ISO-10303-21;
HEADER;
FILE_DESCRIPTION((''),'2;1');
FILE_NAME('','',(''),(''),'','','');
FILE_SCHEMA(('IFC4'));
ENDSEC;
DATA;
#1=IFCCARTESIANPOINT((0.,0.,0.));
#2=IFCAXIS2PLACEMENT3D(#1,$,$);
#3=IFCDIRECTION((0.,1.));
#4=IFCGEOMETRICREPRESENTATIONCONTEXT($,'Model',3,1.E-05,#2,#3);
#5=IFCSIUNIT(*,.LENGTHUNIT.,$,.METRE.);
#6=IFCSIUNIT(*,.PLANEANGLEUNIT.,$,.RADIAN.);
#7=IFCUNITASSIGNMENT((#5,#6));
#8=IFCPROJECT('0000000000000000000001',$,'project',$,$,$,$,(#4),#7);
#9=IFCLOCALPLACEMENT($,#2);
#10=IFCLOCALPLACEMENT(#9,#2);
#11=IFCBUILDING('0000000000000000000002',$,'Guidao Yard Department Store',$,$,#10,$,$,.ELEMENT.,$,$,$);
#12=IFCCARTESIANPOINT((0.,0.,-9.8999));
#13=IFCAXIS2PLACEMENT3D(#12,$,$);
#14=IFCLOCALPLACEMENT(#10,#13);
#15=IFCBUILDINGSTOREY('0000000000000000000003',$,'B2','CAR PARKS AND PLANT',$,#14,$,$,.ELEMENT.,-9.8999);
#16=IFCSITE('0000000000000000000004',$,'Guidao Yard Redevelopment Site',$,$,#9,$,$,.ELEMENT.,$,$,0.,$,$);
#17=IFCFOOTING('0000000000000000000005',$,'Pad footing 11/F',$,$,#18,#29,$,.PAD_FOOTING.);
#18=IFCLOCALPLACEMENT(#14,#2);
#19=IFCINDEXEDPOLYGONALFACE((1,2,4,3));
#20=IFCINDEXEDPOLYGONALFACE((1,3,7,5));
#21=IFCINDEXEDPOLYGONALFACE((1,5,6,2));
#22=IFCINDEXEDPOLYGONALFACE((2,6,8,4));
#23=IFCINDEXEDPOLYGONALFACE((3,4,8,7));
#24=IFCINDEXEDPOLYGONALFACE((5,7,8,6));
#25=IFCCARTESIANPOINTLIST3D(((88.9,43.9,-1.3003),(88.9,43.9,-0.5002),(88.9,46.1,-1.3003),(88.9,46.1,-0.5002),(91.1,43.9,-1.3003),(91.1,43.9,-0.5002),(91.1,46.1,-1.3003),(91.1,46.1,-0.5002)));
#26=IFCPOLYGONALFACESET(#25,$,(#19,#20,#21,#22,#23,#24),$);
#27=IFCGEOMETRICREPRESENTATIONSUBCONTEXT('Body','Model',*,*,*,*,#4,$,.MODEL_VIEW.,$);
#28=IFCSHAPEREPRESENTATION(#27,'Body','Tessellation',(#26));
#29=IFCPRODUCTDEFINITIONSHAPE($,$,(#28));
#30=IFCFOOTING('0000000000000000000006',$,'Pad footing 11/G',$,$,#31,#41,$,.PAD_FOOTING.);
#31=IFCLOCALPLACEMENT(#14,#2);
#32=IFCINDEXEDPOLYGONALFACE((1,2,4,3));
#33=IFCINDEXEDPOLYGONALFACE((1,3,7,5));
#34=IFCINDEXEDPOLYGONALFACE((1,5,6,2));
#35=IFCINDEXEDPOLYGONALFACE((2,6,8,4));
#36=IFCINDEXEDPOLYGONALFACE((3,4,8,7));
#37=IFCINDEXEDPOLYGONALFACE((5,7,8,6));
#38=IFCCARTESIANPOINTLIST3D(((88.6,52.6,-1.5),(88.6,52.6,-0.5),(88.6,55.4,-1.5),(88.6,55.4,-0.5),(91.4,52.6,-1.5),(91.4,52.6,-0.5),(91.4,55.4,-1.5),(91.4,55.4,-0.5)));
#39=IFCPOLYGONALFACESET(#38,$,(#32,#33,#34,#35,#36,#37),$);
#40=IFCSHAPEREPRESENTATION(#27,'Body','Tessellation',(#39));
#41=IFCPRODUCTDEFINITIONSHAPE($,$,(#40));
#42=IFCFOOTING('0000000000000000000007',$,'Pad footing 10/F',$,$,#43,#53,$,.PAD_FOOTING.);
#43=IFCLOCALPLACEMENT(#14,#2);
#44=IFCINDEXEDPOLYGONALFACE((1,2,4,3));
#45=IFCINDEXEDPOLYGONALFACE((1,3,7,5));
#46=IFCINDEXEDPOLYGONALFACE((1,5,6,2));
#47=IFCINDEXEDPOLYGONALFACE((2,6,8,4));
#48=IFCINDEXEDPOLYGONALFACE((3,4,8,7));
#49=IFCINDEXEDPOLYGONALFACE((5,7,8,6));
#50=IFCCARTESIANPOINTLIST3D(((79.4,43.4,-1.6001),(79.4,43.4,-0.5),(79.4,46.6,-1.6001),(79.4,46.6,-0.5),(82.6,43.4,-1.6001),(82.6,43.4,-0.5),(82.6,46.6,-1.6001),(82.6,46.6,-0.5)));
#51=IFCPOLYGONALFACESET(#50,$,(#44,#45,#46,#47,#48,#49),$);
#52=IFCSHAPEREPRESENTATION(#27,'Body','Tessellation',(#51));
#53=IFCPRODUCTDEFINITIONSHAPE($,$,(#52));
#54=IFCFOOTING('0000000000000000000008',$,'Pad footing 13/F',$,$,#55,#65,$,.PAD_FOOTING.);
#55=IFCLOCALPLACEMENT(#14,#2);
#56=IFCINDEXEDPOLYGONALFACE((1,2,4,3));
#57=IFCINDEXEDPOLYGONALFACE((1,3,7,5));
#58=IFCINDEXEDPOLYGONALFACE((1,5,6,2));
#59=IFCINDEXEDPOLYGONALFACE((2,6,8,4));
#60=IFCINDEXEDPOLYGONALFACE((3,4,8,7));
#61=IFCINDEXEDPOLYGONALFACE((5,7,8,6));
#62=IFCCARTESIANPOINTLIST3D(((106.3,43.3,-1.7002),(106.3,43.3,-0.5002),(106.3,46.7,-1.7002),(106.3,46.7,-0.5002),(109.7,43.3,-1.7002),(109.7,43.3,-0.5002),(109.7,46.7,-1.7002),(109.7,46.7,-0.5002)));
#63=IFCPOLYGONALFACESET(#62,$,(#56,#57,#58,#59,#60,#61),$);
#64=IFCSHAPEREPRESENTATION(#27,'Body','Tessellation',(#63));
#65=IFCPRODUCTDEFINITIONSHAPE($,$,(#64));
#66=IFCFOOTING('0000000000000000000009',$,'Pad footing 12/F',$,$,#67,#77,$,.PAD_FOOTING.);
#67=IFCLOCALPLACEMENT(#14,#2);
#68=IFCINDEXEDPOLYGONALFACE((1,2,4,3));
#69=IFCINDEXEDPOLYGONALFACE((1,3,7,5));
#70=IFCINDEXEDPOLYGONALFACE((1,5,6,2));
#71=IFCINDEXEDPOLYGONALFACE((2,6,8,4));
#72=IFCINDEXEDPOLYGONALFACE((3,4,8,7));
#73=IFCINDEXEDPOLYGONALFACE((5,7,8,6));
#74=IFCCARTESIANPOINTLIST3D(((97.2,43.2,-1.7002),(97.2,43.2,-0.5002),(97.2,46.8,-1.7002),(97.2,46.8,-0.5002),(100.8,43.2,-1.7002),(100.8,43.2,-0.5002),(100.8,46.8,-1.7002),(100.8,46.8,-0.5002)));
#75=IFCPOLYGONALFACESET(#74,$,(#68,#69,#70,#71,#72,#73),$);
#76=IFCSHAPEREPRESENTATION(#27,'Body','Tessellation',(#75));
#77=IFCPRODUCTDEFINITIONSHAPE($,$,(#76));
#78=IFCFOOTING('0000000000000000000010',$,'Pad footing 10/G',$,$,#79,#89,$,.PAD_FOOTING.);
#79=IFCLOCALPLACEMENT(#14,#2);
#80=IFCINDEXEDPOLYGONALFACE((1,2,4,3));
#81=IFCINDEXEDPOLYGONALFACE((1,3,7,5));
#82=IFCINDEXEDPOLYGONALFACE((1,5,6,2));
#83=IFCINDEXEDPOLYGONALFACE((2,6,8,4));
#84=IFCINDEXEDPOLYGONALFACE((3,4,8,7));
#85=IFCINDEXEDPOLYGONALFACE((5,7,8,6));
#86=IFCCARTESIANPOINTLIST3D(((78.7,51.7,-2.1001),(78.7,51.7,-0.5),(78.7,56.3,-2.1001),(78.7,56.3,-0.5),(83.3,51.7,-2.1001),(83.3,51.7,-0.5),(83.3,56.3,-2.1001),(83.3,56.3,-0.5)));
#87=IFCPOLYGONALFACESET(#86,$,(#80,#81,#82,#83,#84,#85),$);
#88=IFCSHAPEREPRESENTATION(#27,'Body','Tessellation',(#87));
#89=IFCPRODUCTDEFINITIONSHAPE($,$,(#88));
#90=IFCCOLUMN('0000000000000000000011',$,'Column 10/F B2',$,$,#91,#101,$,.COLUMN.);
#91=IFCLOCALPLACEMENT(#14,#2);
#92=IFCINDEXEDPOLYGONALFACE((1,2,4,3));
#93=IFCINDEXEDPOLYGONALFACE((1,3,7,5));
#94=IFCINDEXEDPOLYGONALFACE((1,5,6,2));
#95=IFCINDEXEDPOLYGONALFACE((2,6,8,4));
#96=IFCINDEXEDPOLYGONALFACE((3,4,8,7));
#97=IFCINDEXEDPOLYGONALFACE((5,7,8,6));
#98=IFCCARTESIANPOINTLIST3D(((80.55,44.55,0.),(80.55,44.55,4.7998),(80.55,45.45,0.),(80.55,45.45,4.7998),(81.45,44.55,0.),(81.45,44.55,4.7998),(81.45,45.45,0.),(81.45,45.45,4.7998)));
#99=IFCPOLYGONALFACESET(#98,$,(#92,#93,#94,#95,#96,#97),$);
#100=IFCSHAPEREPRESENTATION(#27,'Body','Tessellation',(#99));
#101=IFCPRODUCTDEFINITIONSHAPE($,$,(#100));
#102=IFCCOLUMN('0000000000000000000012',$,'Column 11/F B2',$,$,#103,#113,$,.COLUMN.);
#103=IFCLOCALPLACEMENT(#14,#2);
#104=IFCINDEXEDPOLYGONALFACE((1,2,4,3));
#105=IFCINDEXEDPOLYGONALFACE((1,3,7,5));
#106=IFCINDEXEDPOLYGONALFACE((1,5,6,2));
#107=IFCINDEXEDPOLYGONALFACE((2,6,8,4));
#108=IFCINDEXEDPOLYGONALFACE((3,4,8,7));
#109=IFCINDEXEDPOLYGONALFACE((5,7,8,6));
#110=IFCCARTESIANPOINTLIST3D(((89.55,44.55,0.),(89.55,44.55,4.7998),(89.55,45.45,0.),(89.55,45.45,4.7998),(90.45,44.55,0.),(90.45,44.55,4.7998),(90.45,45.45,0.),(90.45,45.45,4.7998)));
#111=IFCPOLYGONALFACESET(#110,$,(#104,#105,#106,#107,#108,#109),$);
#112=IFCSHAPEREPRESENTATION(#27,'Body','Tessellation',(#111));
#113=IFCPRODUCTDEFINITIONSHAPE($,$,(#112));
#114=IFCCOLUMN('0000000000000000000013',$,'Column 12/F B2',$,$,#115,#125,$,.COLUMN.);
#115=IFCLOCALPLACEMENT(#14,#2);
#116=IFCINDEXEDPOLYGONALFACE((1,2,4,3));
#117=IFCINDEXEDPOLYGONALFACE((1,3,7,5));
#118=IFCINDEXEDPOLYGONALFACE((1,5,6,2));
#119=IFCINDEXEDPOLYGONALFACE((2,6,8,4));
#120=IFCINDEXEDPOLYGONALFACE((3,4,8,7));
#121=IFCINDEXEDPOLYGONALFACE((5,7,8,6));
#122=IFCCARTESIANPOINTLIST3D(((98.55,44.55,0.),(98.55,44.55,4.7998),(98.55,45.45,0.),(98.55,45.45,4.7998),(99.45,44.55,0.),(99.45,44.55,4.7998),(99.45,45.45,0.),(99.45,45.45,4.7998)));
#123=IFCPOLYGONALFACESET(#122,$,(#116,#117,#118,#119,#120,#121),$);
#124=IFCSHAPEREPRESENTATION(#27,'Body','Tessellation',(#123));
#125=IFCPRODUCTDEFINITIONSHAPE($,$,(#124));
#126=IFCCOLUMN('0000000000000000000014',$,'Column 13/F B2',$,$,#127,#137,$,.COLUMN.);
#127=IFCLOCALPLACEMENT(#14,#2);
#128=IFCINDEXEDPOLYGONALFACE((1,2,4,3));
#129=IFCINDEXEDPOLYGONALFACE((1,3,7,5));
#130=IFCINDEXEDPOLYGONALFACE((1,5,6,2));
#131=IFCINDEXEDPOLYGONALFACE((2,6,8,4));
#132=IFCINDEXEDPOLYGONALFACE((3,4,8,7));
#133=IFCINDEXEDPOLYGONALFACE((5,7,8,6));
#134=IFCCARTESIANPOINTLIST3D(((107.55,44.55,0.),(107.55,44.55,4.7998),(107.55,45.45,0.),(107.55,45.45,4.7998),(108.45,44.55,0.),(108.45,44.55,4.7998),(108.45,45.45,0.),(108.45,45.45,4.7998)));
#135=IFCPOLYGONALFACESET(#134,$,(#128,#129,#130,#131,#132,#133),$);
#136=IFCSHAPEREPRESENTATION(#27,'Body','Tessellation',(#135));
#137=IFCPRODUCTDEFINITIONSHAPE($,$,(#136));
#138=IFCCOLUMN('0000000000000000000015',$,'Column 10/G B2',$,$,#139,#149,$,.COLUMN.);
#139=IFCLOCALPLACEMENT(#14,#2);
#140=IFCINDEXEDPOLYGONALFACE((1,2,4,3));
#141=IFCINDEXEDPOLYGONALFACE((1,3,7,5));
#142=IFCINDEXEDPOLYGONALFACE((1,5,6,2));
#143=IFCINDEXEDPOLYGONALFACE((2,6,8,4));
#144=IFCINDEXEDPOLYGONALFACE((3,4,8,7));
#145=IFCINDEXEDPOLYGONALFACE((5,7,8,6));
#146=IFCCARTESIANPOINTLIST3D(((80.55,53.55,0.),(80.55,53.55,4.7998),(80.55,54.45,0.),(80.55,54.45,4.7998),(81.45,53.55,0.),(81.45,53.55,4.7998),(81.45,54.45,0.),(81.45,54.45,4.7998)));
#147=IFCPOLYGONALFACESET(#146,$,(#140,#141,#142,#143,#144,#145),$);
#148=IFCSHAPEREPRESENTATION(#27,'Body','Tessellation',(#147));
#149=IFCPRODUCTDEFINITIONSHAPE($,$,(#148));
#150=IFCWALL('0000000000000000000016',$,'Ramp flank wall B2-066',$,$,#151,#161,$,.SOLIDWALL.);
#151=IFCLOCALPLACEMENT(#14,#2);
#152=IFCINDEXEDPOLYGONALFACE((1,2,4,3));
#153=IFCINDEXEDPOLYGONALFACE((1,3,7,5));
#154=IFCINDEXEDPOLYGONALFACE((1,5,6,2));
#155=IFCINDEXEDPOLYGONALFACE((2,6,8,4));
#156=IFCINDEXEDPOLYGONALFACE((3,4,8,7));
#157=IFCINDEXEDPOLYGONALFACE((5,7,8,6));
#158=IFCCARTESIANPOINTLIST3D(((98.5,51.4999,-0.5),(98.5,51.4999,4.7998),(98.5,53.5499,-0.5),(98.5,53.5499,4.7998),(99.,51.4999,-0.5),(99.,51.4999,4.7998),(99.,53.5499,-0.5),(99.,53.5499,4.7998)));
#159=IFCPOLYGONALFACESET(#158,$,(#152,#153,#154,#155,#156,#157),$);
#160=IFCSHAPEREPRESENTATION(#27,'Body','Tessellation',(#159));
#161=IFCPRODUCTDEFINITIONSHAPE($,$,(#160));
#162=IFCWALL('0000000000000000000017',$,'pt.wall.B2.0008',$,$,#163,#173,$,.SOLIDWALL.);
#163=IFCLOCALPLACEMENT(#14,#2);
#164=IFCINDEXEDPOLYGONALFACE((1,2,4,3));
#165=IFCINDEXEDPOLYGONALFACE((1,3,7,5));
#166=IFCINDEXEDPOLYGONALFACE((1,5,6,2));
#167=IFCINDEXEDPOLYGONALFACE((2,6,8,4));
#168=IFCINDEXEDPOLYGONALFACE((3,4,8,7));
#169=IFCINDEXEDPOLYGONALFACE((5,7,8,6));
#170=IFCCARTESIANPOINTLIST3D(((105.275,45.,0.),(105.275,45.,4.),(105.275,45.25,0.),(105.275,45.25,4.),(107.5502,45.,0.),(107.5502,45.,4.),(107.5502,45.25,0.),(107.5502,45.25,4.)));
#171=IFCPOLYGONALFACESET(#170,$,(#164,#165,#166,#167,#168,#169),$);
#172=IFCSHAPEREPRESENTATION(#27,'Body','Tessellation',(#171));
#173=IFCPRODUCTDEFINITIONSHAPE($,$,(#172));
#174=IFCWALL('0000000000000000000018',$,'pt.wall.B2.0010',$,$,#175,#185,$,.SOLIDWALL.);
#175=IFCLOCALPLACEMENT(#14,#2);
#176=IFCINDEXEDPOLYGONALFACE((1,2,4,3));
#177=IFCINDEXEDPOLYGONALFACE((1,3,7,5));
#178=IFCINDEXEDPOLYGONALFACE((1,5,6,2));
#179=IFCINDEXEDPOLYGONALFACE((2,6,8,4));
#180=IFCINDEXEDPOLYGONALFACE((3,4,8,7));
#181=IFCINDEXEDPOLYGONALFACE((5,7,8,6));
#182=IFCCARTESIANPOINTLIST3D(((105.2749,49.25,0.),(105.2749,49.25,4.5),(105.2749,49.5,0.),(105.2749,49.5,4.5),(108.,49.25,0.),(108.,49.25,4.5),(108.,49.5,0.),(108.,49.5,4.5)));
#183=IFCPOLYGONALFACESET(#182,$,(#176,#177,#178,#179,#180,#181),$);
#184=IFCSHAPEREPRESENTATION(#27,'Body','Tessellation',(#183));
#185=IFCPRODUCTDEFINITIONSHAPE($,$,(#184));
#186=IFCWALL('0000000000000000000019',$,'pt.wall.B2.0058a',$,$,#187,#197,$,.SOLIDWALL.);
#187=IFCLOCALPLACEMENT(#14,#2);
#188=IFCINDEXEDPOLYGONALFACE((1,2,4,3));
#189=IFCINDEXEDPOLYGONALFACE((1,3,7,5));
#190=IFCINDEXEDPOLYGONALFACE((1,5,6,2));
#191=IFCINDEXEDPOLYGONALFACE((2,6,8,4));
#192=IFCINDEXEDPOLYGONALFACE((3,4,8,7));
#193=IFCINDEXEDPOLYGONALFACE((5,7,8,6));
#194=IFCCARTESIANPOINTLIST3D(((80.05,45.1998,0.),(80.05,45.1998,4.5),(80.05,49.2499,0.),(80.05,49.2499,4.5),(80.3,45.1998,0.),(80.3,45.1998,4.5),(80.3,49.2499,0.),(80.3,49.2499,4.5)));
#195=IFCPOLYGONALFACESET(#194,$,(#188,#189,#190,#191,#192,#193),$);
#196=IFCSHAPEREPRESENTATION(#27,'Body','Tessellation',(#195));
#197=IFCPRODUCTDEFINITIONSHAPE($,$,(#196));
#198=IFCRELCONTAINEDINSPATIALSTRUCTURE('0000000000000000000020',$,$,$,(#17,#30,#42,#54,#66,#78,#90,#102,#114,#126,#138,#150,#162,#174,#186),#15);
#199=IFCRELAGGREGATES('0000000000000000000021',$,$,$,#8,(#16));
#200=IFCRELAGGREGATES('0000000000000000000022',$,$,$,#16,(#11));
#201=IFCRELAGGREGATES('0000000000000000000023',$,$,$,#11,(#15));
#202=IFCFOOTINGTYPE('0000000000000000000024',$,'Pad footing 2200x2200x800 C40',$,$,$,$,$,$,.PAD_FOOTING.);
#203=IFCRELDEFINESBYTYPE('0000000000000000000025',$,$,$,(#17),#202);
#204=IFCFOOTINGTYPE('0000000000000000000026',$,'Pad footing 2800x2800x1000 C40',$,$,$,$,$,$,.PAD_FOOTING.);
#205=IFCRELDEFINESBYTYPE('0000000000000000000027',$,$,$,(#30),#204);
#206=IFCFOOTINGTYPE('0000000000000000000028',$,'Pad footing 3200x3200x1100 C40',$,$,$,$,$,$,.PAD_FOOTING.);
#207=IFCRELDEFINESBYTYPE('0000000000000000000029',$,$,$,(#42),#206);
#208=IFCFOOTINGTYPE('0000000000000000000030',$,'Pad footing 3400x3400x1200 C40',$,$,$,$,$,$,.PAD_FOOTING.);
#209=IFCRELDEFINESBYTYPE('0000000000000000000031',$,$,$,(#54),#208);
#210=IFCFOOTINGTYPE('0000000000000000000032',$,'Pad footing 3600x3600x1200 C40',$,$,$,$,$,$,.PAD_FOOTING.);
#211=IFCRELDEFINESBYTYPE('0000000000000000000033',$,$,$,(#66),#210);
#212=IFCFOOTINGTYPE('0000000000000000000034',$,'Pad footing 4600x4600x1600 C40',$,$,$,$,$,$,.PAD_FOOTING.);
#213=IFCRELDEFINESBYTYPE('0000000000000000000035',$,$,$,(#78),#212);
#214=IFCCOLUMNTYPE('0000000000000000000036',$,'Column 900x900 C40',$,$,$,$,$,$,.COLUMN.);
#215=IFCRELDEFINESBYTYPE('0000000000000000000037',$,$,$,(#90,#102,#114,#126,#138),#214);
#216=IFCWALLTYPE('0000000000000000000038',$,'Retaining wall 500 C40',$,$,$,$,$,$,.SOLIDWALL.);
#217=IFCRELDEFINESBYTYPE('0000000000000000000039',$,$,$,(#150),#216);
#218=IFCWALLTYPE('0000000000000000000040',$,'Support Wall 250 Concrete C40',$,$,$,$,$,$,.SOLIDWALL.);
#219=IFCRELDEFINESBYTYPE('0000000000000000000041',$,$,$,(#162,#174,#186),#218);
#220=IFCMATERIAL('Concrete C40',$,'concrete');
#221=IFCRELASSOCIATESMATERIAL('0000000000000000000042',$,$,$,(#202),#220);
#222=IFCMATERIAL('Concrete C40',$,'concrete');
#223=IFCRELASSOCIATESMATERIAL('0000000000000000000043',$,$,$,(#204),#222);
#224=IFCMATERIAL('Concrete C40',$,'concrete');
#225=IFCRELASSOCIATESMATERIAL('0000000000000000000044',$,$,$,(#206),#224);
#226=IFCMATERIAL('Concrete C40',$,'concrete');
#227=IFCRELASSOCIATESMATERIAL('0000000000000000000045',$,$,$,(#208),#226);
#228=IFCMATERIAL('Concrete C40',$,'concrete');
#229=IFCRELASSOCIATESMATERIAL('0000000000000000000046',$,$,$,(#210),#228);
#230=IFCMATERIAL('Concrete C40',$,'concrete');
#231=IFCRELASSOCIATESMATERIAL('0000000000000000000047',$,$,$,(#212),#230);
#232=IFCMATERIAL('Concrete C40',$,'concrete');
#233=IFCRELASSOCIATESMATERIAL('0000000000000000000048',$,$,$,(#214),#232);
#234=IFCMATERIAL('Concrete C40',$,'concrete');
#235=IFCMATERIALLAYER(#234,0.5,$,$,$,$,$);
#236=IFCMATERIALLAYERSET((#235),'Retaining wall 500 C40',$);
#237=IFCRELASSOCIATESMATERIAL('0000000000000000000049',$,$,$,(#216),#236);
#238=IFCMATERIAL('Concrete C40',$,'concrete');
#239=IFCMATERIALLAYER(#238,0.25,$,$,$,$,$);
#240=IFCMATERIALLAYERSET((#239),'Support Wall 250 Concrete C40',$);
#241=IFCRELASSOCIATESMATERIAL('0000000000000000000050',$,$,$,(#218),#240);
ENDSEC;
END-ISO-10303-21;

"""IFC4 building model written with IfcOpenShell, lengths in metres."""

from ifc_helpers import new_model, si_unit, direction, frame, frame_2d, origin, origin_2d, place, context, subcontext, project, spatial, rectangle, extrude, material, layer, layer_set, material_profile, profile_set, type_object, element, save


model = new_model("IFC4")

# Units and contexts
model_context = context("Model", 3, precision=1e-05, world=origin(), true_north=direction((0.0, 1.0)))
body_context = subcontext(model_context, "Body", "Model", "MODEL_VIEW")
ifc_project = project(units=[si_unit("LENGTHUNIT", "METRE"), si_unit("PLANEANGLEUNIT", "RADIAN")], contexts=[model_context])

# Site, building, storey
site_placement = place(None, origin())
site = spatial("IfcSite", under=ifc_project, at=site_placement, Name="Guidao Yard Redevelopment Site", CompositionType="ELEMENT", RefElevation=0.0)
building_placement = place(site_placement, origin())
building = spatial("IfcBuilding", under=site, at=building_placement, Name="Guidao Yard Department Store", CompositionType="ELEMENT")
storey_placement = place(building_placement, frame((0.0, 0.0, -9.8999)))
storey = spatial("IfcBuildingStorey", under=building, at=storey_placement, Name="B2", Description="CAR PARKS AND PLANT", CompositionType="ELEMENT", Elevation=-9.8999)

# Footings
ifc_material_1 = material(Name="Concrete C40", Category="concrete")
footing_type_1 = type_object("IfcFootingType", Name="Pad footing 2200x2200x800 C40", PredefinedType="PAD_FOOTING", material=ifc_material_1)
footing_1_placement = place(storey_placement, frame((90.0, 45.0, -1.3003), z_axis=(0.0, 0.0, 1.0), x_axis=(1.0, 0.0, 0.0)))
element("IfcFooting", 1, at=footing_1_placement, inside=storey, type_object=footing_type_1, Name="Pad footing 11/F", PredefinedType="PAD_FOOTING", context=body_context, shape_type="SweptSolid", body=[
    extrude(rectangle(XDim=2.2, YDim=2.2, at=origin_2d()), origin(), (0.0, 0.0, 1.0), 0.8),
])
ifc_material_2 = material(Name="Concrete C40", Category="concrete")
footing_type_2 = type_object("IfcFootingType", Name="Pad footing 2800x2800x1000 C40", PredefinedType="PAD_FOOTING", material=ifc_material_2)
footing_2_placement = place(storey_placement, frame((90.0, 54.0, -1.5), z_axis=(0.0, 0.0, 1.0), x_axis=(1.0, 0.0, 0.0)))
element("IfcFooting", 2, at=footing_2_placement, inside=storey, type_object=footing_type_2, Name="Pad footing 11/G", PredefinedType="PAD_FOOTING", context=body_context, shape_type="SweptSolid", body=[
    extrude(rectangle(XDim=2.8, YDim=2.8, at=origin_2d()), origin(), (0.0, 0.0, 1.0), 1.0),
])
ifc_material_3 = material(Name="Concrete C40", Category="concrete")
footing_type_3 = type_object("IfcFootingType", Name="Pad footing 3200x3200x1100 C40", PredefinedType="PAD_FOOTING", material=ifc_material_3)
footing_3_placement = place(storey_placement, frame((81.0, 45.0, -1.6001), z_axis=(0.0, 0.0, 1.0), x_axis=(1.0, 0.0, 0.0)))
element("IfcFooting", 3, at=footing_3_placement, inside=storey, type_object=footing_type_3, Name="Pad footing 10/F", PredefinedType="PAD_FOOTING", context=body_context, shape_type="SweptSolid", body=[
    extrude(rectangle(XDim=3.2, YDim=3.2, at=origin_2d()), origin(), (0.0, 0.0, 1.0), 1.1001),
])
ifc_material_4 = material(Name="Concrete C40", Category="concrete")
footing_type_4 = type_object("IfcFootingType", Name="Pad footing 3400x3400x1200 C40", PredefinedType="PAD_FOOTING", material=ifc_material_4)
footing_4_placement = place(storey_placement, frame((108.0, 45.0, -1.7002), z_axis=(0.0, 0.0, 1.0), x_axis=(1.0, 0.0, 0.0)))
element("IfcFooting", 4, at=footing_4_placement, inside=storey, type_object=footing_type_4, Name="Pad footing 13/F", PredefinedType="PAD_FOOTING", context=body_context, shape_type="SweptSolid", body=[
    extrude(rectangle(XDim=3.3999, YDim=3.3999, at=origin_2d()), origin(), (0.0, 0.0, 1.0), 1.2),
])
ifc_material_5 = material(Name="Concrete C40", Category="concrete")
footing_type_5 = type_object("IfcFootingType", Name="Pad footing 3600x3600x1200 C40", PredefinedType="PAD_FOOTING", material=ifc_material_5)
footing_5_placement = place(storey_placement, frame((99.0, 45.0, -1.7002), z_axis=(0.0, 0.0, 1.0), x_axis=(1.0, 0.0, 0.0)))
element("IfcFooting", 5, at=footing_5_placement, inside=storey, type_object=footing_type_5, Name="Pad footing 12/F", PredefinedType="PAD_FOOTING", context=body_context, shape_type="SweptSolid", body=[
    extrude(rectangle(XDim=3.6001, YDim=3.6001, at=origin_2d()), origin(), (0.0, 0.0, 1.0), 1.2),
])
ifc_material_6 = material(Name="Concrete C40", Category="concrete")
footing_type_6 = type_object("IfcFootingType", Name="Pad footing 4600x4600x1600 C40", PredefinedType="PAD_FOOTING", material=ifc_material_6)
footing_6_placement = place(storey_placement, frame((81.0, 54.0, -2.1001), z_axis=(0.0, 0.0, 1.0), x_axis=(1.0, 0.0, 0.0)))
element("IfcFooting", 6, at=footing_6_placement, inside=storey, type_object=footing_type_6, Name="Pad footing 10/G", PredefinedType="PAD_FOOTING", context=body_context, shape_type="SweptSolid", body=[
    extrude(rectangle(XDim=4.6001, YDim=4.6001, at=origin_2d()), origin(), (0.0, 0.0, 1.0), 1.6001),
])

# Columns
ifc_material_7 = material(Name="Concrete C40", Category="concrete")
ifc_material_profile = material_profile(ifc_material_7, rectangle(XDim=0.8999, YDim=0.8999, at=origin_2d()), Name="COL 900x900")
ifc_profile_set = profile_set([ifc_material_profile], Name="Concrete C40")
column_type = type_object("IfcColumnType", Name="Column 900x900 C40", PredefinedType="COLUMN", material=ifc_profile_set)
for number, where, z_axis, x_axis, name in (
    (7, (81.0, 45.0, 0.0), (0.0, 0.0, 1.0), (1.0, 0.0, 0.0), "Column 10/F B2"),
    (8, (90.0, 45.0, 0.0), (0.0, 0.0, 1.0), (1.0, 0.0, 0.0), "Column 11/F B2"),
    (9, (99.0, 45.0, 0.0), (0.0, 0.0, 1.0), (1.0, 0.0, 0.0), "Column 12/F B2"),
    (10, (108.0, 45.0, 0.0), (0.0, 0.0, 1.0), (1.0, 0.0, 0.0), "Column 13/F B2"),
    (11, (81.0, 54.0, 0.0), (0.0, 0.0, 1.0), (1.0, 0.0, 0.0), "Column 10/G B2"),
):
    element("IfcColumn", number, at=place(storey_placement, frame(where, z_axis=z_axis, x_axis=x_axis)), inside=storey, type_object=column_type, Name=name, PredefinedType="COLUMN", context=body_context, shape_type="SweptSolid", body=[
        extrude(rectangle(XDim=0.8999, YDim=0.8999, at=origin_2d()), origin(), (0.0, 0.0, 1.0), 4.7998),
    ])

# Walls
ifc_material_8 = material(Name="Concrete C40", Category="concrete")
ifc_layer_1 = layer(ifc_material_8, 0.5)
ifc_layer_set_1 = layer_set([ifc_layer_1], Name="Retaining wall 500 C40")
wall_type_1 = type_object("IfcWallType", Name="Retaining wall 500 C40", PredefinedType="SOLIDWALL", material=ifc_layer_set_1)
wall_1_placement = place(storey_placement, frame((98.75, 51.5, -0.5), z_axis=(0.0, 0.0, 1.0), x_axis=(0.0, 1.0, 0.0)))
element("IfcWall", 12, at=wall_1_placement, inside=storey, type_object=wall_type_1, Name="Ramp flank wall B2-066", PredefinedType="SOLIDWALL", context=body_context, shape_type="SweptSolid", body=[
    extrude(rectangle(XDim=2.05, YDim=0.5, at=frame_2d((1.0249, 0.0))), origin(), (0.0, 0.0, 1.0), 5.2998),
])
ifc_material_9 = material(Name="Concrete C40", Category="concrete")
ifc_layer_2 = layer(ifc_material_9, 0.25)
ifc_layer_set_2 = layer_set([ifc_layer_2], Name="Support Wall 250 Concrete C40")
wall_type_2 = type_object("IfcWallType", Name="Support Wall 250 Concrete C40", PredefinedType="SOLIDWALL", material=ifc_layer_set_2)
wall_2_placement = place(storey_placement, frame((105.2749, 45.125, 0.0), z_axis=(0.0, 0.0, 1.0), x_axis=(1.0, 0.0, 0.0)))
element("IfcWall", 13, at=wall_2_placement, inside=storey, type_object=wall_type_2, Name="pt.wall.B2.0008", PredefinedType="SOLIDWALL", context=body_context, shape_type="SweptSolid", body=[
    extrude(rectangle(XDim=2.2751, YDim=0.25, at=frame_2d((1.1377, 0.0))), origin(), (0.0, 0.0, 1.0), 4.0),
])
wall_3_placement = place(storey_placement, frame((105.2749, 49.375, 0.0), z_axis=(0.0, 0.0, 1.0), x_axis=(1.0, 0.0, 0.0)))
element("IfcWall", 14, at=wall_3_placement, inside=storey, type_object=wall_type_2, Name="pt.wall.B2.0010", PredefinedType="SOLIDWALL", context=body_context, shape_type="SweptSolid", body=[
    extrude(rectangle(XDim=2.7251, YDim=0.25, at=frame_2d((1.3625, 0.0))), origin(), (0.0, 0.0, 1.0), 4.5),
])
wall_4_placement = place(storey_placement, frame((80.175, 45.2, 0.0), z_axis=(0.0, 0.0, 1.0), x_axis=(0.0, 1.0, 0.0)))
element("IfcWall", 15, at=wall_4_placement, inside=storey, type_object=wall_type_2, Name="pt.wall.B2.0058a", PredefinedType="SOLIDWALL", context=body_context, shape_type="SweptSolid", body=[
    extrude(rectangle(XDim=4.05, YDim=0.25, at=frame_2d((2.0249, 0.0))), origin(), (0.0, 0.0, 1.0), 4.5),
])

save(model, "model.ifc")
